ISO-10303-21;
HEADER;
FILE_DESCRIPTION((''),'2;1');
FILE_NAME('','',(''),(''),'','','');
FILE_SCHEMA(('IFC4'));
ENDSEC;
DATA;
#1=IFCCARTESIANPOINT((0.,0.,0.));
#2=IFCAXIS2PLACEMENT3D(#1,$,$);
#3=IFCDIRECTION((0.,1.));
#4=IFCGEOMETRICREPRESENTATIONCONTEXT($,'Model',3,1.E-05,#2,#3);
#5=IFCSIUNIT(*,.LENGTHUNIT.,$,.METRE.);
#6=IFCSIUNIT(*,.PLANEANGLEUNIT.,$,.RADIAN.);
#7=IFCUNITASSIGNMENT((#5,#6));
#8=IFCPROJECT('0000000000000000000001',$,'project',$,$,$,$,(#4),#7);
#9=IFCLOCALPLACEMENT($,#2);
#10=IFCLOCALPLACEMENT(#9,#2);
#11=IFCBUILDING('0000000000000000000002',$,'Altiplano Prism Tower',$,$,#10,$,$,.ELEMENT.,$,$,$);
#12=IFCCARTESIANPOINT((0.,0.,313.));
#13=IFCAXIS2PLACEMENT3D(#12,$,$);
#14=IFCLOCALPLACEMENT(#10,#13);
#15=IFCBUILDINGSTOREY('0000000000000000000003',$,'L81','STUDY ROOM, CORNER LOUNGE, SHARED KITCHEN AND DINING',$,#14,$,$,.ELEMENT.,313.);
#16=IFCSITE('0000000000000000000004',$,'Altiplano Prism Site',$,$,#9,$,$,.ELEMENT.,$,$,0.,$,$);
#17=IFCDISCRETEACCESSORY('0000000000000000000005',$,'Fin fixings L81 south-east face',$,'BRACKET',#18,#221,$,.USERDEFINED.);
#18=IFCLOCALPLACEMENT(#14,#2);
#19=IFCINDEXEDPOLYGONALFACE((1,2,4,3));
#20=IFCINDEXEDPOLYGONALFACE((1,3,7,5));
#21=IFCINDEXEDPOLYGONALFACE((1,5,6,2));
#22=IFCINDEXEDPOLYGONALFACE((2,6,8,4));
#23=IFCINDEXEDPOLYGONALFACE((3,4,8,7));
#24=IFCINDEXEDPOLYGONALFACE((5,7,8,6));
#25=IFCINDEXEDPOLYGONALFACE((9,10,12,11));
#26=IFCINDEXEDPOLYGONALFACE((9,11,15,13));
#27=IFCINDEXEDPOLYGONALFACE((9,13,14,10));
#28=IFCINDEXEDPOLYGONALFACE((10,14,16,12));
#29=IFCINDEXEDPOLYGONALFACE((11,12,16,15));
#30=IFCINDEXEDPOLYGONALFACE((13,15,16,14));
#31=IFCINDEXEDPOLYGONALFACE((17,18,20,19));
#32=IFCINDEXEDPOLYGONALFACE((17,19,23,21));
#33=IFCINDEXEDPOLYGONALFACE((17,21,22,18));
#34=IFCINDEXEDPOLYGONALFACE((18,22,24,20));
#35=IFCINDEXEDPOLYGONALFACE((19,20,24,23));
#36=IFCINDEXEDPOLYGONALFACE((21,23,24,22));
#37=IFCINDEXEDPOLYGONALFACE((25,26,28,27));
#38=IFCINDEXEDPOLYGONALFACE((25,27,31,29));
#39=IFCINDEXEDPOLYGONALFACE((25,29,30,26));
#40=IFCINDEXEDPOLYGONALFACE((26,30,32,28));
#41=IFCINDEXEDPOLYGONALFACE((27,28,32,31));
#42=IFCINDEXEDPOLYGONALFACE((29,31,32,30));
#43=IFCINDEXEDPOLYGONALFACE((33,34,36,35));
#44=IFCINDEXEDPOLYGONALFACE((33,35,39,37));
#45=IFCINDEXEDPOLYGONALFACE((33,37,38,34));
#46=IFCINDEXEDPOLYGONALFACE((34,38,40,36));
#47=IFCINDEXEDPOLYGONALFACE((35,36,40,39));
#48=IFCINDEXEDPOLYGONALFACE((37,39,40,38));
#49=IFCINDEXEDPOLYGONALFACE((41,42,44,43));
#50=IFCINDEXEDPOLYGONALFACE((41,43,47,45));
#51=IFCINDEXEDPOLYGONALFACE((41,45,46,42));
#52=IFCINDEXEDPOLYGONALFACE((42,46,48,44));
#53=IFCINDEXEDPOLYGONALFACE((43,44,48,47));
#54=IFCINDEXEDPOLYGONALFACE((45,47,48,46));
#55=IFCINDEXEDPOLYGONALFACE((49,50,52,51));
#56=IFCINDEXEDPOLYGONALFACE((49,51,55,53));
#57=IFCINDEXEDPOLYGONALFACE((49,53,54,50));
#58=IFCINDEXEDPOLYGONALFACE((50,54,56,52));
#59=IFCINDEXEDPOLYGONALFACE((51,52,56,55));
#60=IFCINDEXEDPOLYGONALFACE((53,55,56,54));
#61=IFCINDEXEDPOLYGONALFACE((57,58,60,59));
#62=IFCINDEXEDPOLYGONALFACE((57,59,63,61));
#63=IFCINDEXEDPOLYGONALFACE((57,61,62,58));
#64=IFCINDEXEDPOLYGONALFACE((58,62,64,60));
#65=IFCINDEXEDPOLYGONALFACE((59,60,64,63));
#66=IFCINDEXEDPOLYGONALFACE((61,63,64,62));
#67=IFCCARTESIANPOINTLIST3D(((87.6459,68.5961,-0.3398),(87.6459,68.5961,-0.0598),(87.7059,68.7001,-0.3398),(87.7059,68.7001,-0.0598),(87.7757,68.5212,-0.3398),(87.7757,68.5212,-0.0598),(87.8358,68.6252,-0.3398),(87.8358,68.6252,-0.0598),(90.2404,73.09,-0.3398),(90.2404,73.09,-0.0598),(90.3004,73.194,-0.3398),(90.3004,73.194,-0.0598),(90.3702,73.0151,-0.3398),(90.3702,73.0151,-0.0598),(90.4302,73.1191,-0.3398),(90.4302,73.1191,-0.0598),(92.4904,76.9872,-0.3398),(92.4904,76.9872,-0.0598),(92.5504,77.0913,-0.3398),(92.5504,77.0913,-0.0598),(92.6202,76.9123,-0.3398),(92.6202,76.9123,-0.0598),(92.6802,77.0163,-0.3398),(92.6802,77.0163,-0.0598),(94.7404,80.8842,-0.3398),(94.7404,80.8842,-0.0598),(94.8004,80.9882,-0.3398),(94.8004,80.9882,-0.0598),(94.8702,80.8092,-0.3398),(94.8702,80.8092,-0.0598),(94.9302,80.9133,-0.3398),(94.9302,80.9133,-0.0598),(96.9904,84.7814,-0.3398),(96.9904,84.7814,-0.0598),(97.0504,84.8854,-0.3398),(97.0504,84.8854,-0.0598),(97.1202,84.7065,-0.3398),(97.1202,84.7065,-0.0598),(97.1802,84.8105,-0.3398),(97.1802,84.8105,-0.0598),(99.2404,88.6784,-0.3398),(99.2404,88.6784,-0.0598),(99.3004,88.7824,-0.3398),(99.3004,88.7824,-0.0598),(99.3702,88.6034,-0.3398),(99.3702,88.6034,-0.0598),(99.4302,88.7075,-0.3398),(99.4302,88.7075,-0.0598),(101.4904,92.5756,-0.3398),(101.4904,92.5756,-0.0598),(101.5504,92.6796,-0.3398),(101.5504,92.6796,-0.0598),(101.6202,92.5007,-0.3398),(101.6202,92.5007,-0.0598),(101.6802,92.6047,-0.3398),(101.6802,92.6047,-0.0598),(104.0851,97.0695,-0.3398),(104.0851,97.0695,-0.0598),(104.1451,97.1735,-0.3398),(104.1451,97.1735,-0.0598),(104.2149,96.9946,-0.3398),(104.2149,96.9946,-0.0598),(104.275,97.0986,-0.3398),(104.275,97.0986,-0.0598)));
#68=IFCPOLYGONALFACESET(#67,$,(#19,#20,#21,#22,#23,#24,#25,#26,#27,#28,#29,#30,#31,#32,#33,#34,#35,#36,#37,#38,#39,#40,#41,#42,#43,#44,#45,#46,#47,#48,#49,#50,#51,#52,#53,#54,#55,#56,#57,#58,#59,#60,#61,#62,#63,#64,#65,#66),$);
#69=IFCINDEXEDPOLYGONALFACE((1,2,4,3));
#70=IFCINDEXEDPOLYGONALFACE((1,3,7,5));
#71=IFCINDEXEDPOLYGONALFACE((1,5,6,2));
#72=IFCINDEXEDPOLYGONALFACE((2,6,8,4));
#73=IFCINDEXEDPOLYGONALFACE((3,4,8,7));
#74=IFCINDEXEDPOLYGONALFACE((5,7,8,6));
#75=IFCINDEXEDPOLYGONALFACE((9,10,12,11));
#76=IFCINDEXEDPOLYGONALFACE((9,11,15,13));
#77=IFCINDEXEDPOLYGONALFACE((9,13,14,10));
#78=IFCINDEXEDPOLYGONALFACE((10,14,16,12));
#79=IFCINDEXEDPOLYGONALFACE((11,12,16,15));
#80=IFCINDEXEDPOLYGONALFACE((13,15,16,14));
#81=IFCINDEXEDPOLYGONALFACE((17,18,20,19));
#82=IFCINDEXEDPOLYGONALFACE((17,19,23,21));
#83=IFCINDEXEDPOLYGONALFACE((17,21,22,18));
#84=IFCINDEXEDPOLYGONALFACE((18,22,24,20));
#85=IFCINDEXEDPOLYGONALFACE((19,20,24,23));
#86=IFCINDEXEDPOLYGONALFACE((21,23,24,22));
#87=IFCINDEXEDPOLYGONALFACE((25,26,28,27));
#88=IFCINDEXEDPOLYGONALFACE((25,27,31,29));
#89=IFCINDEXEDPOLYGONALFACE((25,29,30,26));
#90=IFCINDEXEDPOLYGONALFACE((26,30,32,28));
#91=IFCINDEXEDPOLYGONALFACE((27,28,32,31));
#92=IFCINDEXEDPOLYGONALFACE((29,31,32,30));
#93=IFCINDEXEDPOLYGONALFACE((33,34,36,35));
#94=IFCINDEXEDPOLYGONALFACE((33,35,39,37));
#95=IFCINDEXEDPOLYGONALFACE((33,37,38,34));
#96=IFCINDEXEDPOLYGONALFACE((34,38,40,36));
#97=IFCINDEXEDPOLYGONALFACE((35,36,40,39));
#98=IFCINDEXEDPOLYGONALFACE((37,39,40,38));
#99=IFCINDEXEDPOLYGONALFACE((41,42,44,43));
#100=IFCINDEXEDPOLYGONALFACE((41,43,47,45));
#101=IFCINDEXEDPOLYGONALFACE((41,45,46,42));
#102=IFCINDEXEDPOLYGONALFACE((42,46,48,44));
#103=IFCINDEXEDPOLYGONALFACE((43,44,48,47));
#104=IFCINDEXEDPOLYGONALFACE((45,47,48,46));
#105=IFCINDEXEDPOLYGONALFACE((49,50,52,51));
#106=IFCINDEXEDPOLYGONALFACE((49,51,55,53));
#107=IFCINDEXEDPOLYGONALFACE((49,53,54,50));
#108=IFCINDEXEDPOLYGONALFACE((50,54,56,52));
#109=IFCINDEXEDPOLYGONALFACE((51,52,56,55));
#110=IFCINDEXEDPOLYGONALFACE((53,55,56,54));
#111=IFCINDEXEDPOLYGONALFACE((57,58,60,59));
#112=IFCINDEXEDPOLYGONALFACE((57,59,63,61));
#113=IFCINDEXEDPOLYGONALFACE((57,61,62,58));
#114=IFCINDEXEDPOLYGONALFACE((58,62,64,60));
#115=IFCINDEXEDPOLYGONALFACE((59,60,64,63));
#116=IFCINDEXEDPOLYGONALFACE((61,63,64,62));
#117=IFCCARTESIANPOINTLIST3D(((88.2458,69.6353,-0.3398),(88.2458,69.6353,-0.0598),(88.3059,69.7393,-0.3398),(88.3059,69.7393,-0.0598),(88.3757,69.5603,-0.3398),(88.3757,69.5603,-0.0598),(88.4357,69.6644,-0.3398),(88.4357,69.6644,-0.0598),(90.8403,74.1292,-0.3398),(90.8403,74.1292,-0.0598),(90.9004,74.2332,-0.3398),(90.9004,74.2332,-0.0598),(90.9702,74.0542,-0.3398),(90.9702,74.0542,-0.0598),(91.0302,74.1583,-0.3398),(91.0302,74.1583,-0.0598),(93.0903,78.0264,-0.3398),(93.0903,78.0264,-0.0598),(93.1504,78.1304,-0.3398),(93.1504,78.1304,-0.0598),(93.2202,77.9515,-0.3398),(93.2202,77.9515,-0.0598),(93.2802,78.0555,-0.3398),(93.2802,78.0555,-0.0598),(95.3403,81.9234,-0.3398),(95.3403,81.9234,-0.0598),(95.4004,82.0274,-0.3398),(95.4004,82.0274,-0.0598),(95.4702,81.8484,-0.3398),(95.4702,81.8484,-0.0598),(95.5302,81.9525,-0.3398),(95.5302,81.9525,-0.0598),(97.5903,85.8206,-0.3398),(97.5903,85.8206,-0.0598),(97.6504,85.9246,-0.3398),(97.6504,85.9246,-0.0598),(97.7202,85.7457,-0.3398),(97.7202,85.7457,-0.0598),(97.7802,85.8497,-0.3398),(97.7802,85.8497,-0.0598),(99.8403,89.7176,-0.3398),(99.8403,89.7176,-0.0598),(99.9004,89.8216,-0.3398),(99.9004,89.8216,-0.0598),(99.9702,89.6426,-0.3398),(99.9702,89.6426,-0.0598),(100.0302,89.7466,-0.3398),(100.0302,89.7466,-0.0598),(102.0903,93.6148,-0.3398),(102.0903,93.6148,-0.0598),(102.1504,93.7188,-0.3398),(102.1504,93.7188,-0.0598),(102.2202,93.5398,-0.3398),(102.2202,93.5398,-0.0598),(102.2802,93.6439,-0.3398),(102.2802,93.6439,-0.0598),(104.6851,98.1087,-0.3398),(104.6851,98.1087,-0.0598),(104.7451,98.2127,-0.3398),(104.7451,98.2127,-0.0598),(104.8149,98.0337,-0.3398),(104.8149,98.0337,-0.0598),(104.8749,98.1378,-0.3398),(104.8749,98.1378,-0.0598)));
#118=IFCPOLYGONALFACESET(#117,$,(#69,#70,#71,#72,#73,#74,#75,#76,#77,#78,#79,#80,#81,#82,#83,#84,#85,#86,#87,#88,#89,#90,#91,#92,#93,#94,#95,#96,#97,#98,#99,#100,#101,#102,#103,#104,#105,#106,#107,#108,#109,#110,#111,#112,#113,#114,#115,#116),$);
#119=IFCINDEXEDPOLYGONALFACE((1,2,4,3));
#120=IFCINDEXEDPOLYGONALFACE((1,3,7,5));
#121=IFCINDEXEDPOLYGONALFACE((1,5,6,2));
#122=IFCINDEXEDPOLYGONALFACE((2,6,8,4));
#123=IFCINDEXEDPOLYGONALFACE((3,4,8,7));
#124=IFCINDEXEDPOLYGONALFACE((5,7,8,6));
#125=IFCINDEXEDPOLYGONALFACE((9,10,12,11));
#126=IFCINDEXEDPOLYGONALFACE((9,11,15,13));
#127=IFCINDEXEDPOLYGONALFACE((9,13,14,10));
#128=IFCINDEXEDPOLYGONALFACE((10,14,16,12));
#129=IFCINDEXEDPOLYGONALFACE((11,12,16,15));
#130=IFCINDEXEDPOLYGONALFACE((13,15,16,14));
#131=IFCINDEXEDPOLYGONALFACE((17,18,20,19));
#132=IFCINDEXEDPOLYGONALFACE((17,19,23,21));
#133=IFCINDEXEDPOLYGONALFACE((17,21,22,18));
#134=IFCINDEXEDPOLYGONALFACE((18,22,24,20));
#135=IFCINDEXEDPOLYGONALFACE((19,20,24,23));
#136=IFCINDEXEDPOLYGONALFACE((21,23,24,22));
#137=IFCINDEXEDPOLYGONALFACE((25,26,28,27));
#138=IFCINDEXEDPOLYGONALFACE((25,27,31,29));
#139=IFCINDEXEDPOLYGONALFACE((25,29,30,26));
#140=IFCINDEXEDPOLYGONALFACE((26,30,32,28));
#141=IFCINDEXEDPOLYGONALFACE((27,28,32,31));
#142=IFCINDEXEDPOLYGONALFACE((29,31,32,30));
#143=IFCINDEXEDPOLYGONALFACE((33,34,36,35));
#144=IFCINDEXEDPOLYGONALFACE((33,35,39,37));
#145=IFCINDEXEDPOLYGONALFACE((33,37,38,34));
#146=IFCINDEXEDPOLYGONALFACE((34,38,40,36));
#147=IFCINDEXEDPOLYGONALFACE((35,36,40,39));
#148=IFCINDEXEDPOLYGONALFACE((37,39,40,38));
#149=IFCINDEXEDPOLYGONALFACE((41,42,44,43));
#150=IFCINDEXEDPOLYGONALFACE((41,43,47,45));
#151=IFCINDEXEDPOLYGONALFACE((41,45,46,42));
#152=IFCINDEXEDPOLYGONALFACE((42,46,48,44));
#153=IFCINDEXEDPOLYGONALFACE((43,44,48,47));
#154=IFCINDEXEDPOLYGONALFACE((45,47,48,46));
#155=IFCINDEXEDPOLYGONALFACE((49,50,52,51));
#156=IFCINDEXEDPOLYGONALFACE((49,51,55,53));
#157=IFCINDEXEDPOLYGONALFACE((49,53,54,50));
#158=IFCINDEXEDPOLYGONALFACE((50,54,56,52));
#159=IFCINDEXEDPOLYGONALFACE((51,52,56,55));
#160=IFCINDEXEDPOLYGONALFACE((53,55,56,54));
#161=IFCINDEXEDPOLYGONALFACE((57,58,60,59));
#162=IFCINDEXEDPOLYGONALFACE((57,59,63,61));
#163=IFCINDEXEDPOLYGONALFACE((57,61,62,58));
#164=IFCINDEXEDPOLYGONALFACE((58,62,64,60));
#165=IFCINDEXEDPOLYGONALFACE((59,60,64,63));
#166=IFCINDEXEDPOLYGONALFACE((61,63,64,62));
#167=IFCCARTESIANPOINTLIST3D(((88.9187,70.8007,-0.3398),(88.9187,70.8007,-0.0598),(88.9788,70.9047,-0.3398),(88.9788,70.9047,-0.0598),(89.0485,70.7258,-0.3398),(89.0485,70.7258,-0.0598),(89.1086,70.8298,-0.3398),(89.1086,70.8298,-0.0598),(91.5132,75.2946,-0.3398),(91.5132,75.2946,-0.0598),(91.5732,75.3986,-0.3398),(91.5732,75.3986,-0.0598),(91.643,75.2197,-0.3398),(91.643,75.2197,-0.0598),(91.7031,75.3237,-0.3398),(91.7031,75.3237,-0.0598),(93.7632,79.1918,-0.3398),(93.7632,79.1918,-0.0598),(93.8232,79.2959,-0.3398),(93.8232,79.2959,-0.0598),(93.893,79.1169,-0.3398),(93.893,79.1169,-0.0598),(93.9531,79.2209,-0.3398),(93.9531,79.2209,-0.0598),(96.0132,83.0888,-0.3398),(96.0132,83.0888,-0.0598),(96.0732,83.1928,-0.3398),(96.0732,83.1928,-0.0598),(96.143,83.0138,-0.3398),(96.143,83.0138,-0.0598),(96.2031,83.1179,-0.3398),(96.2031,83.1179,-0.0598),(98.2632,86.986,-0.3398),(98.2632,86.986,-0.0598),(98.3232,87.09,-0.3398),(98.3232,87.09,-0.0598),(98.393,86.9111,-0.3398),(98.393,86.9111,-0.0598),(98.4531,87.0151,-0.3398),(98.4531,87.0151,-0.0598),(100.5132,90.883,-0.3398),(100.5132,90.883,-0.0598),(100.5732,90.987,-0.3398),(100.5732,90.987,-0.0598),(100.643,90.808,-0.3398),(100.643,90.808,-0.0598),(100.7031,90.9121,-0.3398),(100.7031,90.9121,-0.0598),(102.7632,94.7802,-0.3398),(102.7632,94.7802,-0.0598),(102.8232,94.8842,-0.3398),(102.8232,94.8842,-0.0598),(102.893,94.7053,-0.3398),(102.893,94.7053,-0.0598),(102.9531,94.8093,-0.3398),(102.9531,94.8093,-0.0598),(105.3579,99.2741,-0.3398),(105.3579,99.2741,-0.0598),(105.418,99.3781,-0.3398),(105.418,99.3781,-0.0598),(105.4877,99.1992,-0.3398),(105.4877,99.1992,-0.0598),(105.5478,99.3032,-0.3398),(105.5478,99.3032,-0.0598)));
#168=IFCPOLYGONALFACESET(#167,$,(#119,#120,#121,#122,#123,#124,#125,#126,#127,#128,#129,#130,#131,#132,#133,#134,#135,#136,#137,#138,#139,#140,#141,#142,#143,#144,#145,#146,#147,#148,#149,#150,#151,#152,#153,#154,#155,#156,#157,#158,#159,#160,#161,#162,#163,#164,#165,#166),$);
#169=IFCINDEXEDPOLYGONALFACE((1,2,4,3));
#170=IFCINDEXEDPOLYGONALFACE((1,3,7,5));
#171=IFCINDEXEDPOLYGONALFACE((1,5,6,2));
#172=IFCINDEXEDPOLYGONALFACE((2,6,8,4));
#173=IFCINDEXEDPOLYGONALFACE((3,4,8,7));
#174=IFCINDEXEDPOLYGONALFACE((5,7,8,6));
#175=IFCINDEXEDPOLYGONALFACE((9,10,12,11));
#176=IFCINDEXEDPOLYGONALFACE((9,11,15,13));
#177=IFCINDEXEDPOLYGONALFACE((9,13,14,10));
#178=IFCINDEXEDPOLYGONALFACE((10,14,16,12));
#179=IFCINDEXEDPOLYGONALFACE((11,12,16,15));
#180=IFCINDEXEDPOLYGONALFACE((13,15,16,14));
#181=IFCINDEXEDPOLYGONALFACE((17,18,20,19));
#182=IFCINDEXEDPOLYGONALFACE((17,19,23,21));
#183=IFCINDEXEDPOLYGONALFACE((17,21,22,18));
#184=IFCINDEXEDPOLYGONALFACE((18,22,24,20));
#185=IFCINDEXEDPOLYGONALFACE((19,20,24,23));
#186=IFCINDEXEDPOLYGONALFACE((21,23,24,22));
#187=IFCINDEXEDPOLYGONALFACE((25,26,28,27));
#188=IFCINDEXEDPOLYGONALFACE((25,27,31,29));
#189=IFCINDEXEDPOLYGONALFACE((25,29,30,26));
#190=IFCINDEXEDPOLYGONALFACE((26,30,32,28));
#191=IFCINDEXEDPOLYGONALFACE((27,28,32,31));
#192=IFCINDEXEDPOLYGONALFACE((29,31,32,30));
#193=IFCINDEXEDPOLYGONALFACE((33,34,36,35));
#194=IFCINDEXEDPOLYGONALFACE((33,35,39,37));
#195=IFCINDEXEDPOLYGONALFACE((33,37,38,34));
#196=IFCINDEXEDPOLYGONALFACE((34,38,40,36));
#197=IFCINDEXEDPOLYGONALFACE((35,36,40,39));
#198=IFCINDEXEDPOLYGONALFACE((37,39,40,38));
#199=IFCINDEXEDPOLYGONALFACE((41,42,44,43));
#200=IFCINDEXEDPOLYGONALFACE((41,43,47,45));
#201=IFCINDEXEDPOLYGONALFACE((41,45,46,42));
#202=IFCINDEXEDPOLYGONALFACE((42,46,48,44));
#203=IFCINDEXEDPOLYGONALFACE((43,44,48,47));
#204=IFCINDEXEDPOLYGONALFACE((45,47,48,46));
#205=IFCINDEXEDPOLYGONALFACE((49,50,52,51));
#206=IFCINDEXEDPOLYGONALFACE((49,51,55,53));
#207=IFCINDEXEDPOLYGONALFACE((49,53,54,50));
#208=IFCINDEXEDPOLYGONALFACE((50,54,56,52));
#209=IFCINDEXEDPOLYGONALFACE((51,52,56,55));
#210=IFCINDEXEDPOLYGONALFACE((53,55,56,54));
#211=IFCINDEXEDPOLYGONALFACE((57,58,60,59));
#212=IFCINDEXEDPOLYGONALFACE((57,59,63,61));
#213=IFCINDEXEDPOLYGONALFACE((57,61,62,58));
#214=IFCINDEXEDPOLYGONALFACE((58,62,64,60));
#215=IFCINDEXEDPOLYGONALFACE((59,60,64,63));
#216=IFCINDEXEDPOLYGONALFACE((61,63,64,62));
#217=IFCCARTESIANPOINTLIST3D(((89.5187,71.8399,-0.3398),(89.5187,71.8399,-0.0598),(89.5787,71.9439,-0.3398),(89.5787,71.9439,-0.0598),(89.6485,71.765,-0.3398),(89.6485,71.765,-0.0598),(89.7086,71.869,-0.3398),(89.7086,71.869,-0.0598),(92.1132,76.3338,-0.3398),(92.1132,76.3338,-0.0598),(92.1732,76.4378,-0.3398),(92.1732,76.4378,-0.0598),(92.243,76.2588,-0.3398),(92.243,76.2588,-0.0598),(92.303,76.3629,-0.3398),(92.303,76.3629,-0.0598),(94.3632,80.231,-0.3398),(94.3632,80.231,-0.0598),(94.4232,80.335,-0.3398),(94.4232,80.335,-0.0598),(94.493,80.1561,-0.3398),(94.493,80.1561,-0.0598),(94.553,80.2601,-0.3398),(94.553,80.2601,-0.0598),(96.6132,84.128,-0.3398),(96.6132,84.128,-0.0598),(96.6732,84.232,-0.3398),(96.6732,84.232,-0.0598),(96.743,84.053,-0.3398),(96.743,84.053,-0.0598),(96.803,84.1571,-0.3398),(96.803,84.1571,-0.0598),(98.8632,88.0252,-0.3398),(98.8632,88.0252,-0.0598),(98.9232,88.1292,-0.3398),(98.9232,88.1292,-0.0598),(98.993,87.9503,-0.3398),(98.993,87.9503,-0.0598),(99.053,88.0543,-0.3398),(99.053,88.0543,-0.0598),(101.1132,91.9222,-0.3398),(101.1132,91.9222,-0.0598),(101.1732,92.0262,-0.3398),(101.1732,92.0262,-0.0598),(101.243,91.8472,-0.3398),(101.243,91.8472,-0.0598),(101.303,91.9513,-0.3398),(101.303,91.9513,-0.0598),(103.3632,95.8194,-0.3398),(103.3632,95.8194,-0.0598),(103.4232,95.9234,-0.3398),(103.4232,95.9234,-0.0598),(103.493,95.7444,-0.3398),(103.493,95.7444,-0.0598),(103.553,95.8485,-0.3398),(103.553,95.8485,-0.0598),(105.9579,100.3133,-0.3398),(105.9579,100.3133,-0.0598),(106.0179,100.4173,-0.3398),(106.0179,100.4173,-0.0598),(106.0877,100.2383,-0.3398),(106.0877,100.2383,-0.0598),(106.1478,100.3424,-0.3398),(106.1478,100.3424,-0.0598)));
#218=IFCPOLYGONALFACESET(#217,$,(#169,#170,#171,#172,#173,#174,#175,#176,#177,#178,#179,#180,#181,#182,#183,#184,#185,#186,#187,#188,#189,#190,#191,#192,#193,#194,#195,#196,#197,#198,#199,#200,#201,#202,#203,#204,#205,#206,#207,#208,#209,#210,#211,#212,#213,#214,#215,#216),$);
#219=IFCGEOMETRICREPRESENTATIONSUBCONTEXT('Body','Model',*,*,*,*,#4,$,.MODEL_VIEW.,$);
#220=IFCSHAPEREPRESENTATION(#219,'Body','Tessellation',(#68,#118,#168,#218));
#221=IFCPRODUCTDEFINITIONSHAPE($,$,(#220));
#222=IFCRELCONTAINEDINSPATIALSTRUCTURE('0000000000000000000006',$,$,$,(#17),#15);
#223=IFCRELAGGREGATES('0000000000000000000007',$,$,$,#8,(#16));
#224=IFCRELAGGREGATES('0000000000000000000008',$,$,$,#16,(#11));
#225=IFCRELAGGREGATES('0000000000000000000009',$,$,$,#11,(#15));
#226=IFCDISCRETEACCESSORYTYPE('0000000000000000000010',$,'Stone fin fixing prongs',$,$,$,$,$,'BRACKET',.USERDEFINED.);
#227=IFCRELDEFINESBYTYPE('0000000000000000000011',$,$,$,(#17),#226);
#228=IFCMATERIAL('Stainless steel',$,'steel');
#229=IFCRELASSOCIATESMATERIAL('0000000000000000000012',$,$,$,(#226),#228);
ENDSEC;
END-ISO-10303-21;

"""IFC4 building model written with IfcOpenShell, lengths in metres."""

from ifc_helpers import new_model, si_unit, direction, frame, origin, place, context, subcontext, project, spatial, polyline, outline, extrude, source, transform, mapped, material, type_object, element, save


model = new_model("IFC4")

# Units and contexts
model_context = context("Model", 3, precision=1e-05, world=origin(), true_north=direction((0.0, 1.0)))
body_context = subcontext(model_context, "Body", "Model", "MODEL_VIEW")
ifc_project = project(units=[si_unit("LENGTHUNIT", "METRE"), si_unit("PLANEANGLEUNIT", "RADIAN")], contexts=[model_context])

# Site, building, storey
site_placement = place(None, origin())
site = spatial("IfcSite", under=ifc_project, at=site_placement, Name="Altiplano Prism Site", CompositionType="ELEMENT", RefElevation=0.0)
building_placement = place(site_placement, origin())
building = spatial("IfcBuilding", under=site, at=building_placement, Name="Altiplano Prism Tower", CompositionType="ELEMENT")
storey_placement = place(building_placement, frame((0.0, 0.0, 313.0)))
storey = spatial("IfcBuildingStorey", under=building, at=storey_placement, Name="L81", Description="STUDY ROOM, CORNER LOUNGE, SHARED KITCHEN AND DINING", CompositionType="ELEMENT", Elevation=313.0)

# Discrete accessory
ifc_material_1 = material(Name="Stainless steel", Category="steel")
discrete_accessory_type = type_object("IfcDiscreteAccessoryType", Name="Stone fin fixing prongs", ElementType="BRACKET", PredefinedType="USERDEFINED", material=ifc_material_1)
shared_shape_1 = source(origin(), body_context, "Body", "SweptSolid", [
    extrude(outline(polyline([(-1.9329, 0.0601), (-1.8127, 0.0601), (-1.8127, 0.3401), (-1.9329, 0.3401), (-1.9329, 0.0601)])), frame((0.0, 0.0, 0.0), z_axis=(0.0, -1.0, 0.0), x_axis=(1.0, 0.0, 0.0)), (0.0, 0.0, 1.0), 0.1499),
    extrude(outline(polyline([(-0.7329, 0.0601), (-0.6128, 0.0601), (-0.6128, 0.3401), (-0.7329, 0.3401), (-0.7329, 0.0601)])), frame((0.0, 0.0, 0.0), z_axis=(0.0, -1.0, 0.0), x_axis=(1.0, 0.0, 0.0)), (0.0, 0.0, 1.0), 0.1499),
    extrude(outline(polyline([(0.6128, 0.0601), (0.7329, 0.0601), (0.7329, 0.3401), (0.6128, 0.3401), (0.6128, 0.0601)])), frame((0.0, 0.0, 0.0), z_axis=(0.0, -1.0, 0.0), x_axis=(1.0, 0.0, 0.0)), (0.0, 0.0, 1.0), 0.1499),
    extrude(outline(polyline([(1.8127, 0.0601), (1.9329, 0.0601), (1.9329, 0.3401), (1.8127, 0.3401), (1.8127, 0.0601)])), frame((0.0, 0.0, 0.0), z_axis=(0.0, -1.0, 0.0), x_axis=(1.0, 0.0, 0.0)), (0.0, 0.0, 1.0), 0.1499),
])
shared_shape_2 = source(origin(), body_context, "Body", "SweptSolid", [
    extrude(outline(polyline([(-1.9329, 0.0601), (-1.8127, 0.0601), (-1.8127, 0.3401), (-1.9329, 0.3401), (-1.9329, 0.0601)])), frame((0.0, 0.0, 0.0), z_axis=(0.0, -1.0, 0.0), x_axis=(1.0, 0.0, 0.0)), (0.0, 0.0, 1.0), 0.1499),
    extrude(outline(polyline([(-0.7329, 0.0601), (-0.6128, 0.0601), (-0.6128, 0.3401), (-0.7329, 0.3401), (-0.7329, 0.0601)])), frame((0.0, 0.0, 0.0), z_axis=(0.0, -1.0, 0.0), x_axis=(1.0, 0.0, 0.0)), (0.0, 0.0, 1.0), 0.1499),
    extrude(outline(polyline([(0.6128, 0.0601), (0.7329, 0.0601), (0.7329, 0.3401), (0.6128, 0.3401), (0.6128, 0.0601)])), frame((0.0, 0.0, 0.0), z_axis=(0.0, -1.0, 0.0), x_axis=(1.0, 0.0, 0.0)), (0.0, 0.0, 1.0), 0.1499),
    extrude(outline(polyline([(1.8127, 0.0601), (1.9329, 0.0601), (1.9329, 0.3401), (1.8127, 0.3401), (1.8127, 0.0601)])), frame((0.0, 0.0, 0.0), z_axis=(0.0, -1.0, 0.0), x_axis=(1.0, 0.0, 0.0)), (0.0, 0.0, 1.0), 0.1499),
])
discrete_accessory_1_placement = place(storey_placement, origin())
element("IfcDiscreteAccessory", 1, at=discrete_accessory_1_placement, inside=storey, type_object=discrete_accessory_type, Name="Fin fixings L81 south-east face", ObjectType="BRACKET", PredefinedType="USERDEFINED", context=body_context, shape_type="MappedRepresentation", body=[
    mapped(shared_shape_1, transform((88.6123, 70.27, -0.3999), x_axis=(0.5, 0.866025, 0.0), y_axis=(-0.866025, 0.5, 0.0), z_axis=(0.0, 0.0, 1.0))),
    mapped(shared_shape_2, transform((91.2068, 74.7639, -0.3999), x_axis=(0.5, 0.866025, 0.0), y_axis=(-0.866025, 0.5, 0.0), z_axis=(0.0, 0.0, 1.0))),
    mapped(shared_shape_2, transform((93.4568, 78.6611, -0.3999), x_axis=(0.5, 0.866025, 0.0), y_axis=(-0.866025, 0.5, 0.0), z_axis=(0.0, 0.0, 1.0))),
    mapped(shared_shape_2, transform((95.7068, 82.5581, -0.3999), x_axis=(0.5, 0.866025, 0.0), y_axis=(-0.866025, 0.5, 0.0), z_axis=(0.0, 0.0, 1.0))),
    mapped(shared_shape_2, transform((97.9568, 86.4553, -0.3999), x_axis=(0.5, 0.866025, 0.0), y_axis=(-0.866025, 0.5, 0.0), z_axis=(0.0, 0.0, 1.0))),
    mapped(shared_shape_2, transform((100.2068, 90.3523, -0.3999), x_axis=(0.5, 0.866025, 0.0), y_axis=(-0.866025, 0.5, 0.0), z_axis=(0.0, 0.0, 1.0))),
    mapped(shared_shape_2, transform((102.4568, 94.2495, -0.3999), x_axis=(0.5, 0.866025, 0.0), y_axis=(-0.866025, 0.5, 0.0), z_axis=(0.0, 0.0, 1.0))),
    mapped(shared_shape_1, transform((105.0515, 98.7434, -0.3999), x_axis=(0.5, 0.866025, 0.0), y_axis=(-0.866025, 0.5, 0.0), z_axis=(0.0, 0.0, 1.0))),
])

save(model, "model.ifc")
